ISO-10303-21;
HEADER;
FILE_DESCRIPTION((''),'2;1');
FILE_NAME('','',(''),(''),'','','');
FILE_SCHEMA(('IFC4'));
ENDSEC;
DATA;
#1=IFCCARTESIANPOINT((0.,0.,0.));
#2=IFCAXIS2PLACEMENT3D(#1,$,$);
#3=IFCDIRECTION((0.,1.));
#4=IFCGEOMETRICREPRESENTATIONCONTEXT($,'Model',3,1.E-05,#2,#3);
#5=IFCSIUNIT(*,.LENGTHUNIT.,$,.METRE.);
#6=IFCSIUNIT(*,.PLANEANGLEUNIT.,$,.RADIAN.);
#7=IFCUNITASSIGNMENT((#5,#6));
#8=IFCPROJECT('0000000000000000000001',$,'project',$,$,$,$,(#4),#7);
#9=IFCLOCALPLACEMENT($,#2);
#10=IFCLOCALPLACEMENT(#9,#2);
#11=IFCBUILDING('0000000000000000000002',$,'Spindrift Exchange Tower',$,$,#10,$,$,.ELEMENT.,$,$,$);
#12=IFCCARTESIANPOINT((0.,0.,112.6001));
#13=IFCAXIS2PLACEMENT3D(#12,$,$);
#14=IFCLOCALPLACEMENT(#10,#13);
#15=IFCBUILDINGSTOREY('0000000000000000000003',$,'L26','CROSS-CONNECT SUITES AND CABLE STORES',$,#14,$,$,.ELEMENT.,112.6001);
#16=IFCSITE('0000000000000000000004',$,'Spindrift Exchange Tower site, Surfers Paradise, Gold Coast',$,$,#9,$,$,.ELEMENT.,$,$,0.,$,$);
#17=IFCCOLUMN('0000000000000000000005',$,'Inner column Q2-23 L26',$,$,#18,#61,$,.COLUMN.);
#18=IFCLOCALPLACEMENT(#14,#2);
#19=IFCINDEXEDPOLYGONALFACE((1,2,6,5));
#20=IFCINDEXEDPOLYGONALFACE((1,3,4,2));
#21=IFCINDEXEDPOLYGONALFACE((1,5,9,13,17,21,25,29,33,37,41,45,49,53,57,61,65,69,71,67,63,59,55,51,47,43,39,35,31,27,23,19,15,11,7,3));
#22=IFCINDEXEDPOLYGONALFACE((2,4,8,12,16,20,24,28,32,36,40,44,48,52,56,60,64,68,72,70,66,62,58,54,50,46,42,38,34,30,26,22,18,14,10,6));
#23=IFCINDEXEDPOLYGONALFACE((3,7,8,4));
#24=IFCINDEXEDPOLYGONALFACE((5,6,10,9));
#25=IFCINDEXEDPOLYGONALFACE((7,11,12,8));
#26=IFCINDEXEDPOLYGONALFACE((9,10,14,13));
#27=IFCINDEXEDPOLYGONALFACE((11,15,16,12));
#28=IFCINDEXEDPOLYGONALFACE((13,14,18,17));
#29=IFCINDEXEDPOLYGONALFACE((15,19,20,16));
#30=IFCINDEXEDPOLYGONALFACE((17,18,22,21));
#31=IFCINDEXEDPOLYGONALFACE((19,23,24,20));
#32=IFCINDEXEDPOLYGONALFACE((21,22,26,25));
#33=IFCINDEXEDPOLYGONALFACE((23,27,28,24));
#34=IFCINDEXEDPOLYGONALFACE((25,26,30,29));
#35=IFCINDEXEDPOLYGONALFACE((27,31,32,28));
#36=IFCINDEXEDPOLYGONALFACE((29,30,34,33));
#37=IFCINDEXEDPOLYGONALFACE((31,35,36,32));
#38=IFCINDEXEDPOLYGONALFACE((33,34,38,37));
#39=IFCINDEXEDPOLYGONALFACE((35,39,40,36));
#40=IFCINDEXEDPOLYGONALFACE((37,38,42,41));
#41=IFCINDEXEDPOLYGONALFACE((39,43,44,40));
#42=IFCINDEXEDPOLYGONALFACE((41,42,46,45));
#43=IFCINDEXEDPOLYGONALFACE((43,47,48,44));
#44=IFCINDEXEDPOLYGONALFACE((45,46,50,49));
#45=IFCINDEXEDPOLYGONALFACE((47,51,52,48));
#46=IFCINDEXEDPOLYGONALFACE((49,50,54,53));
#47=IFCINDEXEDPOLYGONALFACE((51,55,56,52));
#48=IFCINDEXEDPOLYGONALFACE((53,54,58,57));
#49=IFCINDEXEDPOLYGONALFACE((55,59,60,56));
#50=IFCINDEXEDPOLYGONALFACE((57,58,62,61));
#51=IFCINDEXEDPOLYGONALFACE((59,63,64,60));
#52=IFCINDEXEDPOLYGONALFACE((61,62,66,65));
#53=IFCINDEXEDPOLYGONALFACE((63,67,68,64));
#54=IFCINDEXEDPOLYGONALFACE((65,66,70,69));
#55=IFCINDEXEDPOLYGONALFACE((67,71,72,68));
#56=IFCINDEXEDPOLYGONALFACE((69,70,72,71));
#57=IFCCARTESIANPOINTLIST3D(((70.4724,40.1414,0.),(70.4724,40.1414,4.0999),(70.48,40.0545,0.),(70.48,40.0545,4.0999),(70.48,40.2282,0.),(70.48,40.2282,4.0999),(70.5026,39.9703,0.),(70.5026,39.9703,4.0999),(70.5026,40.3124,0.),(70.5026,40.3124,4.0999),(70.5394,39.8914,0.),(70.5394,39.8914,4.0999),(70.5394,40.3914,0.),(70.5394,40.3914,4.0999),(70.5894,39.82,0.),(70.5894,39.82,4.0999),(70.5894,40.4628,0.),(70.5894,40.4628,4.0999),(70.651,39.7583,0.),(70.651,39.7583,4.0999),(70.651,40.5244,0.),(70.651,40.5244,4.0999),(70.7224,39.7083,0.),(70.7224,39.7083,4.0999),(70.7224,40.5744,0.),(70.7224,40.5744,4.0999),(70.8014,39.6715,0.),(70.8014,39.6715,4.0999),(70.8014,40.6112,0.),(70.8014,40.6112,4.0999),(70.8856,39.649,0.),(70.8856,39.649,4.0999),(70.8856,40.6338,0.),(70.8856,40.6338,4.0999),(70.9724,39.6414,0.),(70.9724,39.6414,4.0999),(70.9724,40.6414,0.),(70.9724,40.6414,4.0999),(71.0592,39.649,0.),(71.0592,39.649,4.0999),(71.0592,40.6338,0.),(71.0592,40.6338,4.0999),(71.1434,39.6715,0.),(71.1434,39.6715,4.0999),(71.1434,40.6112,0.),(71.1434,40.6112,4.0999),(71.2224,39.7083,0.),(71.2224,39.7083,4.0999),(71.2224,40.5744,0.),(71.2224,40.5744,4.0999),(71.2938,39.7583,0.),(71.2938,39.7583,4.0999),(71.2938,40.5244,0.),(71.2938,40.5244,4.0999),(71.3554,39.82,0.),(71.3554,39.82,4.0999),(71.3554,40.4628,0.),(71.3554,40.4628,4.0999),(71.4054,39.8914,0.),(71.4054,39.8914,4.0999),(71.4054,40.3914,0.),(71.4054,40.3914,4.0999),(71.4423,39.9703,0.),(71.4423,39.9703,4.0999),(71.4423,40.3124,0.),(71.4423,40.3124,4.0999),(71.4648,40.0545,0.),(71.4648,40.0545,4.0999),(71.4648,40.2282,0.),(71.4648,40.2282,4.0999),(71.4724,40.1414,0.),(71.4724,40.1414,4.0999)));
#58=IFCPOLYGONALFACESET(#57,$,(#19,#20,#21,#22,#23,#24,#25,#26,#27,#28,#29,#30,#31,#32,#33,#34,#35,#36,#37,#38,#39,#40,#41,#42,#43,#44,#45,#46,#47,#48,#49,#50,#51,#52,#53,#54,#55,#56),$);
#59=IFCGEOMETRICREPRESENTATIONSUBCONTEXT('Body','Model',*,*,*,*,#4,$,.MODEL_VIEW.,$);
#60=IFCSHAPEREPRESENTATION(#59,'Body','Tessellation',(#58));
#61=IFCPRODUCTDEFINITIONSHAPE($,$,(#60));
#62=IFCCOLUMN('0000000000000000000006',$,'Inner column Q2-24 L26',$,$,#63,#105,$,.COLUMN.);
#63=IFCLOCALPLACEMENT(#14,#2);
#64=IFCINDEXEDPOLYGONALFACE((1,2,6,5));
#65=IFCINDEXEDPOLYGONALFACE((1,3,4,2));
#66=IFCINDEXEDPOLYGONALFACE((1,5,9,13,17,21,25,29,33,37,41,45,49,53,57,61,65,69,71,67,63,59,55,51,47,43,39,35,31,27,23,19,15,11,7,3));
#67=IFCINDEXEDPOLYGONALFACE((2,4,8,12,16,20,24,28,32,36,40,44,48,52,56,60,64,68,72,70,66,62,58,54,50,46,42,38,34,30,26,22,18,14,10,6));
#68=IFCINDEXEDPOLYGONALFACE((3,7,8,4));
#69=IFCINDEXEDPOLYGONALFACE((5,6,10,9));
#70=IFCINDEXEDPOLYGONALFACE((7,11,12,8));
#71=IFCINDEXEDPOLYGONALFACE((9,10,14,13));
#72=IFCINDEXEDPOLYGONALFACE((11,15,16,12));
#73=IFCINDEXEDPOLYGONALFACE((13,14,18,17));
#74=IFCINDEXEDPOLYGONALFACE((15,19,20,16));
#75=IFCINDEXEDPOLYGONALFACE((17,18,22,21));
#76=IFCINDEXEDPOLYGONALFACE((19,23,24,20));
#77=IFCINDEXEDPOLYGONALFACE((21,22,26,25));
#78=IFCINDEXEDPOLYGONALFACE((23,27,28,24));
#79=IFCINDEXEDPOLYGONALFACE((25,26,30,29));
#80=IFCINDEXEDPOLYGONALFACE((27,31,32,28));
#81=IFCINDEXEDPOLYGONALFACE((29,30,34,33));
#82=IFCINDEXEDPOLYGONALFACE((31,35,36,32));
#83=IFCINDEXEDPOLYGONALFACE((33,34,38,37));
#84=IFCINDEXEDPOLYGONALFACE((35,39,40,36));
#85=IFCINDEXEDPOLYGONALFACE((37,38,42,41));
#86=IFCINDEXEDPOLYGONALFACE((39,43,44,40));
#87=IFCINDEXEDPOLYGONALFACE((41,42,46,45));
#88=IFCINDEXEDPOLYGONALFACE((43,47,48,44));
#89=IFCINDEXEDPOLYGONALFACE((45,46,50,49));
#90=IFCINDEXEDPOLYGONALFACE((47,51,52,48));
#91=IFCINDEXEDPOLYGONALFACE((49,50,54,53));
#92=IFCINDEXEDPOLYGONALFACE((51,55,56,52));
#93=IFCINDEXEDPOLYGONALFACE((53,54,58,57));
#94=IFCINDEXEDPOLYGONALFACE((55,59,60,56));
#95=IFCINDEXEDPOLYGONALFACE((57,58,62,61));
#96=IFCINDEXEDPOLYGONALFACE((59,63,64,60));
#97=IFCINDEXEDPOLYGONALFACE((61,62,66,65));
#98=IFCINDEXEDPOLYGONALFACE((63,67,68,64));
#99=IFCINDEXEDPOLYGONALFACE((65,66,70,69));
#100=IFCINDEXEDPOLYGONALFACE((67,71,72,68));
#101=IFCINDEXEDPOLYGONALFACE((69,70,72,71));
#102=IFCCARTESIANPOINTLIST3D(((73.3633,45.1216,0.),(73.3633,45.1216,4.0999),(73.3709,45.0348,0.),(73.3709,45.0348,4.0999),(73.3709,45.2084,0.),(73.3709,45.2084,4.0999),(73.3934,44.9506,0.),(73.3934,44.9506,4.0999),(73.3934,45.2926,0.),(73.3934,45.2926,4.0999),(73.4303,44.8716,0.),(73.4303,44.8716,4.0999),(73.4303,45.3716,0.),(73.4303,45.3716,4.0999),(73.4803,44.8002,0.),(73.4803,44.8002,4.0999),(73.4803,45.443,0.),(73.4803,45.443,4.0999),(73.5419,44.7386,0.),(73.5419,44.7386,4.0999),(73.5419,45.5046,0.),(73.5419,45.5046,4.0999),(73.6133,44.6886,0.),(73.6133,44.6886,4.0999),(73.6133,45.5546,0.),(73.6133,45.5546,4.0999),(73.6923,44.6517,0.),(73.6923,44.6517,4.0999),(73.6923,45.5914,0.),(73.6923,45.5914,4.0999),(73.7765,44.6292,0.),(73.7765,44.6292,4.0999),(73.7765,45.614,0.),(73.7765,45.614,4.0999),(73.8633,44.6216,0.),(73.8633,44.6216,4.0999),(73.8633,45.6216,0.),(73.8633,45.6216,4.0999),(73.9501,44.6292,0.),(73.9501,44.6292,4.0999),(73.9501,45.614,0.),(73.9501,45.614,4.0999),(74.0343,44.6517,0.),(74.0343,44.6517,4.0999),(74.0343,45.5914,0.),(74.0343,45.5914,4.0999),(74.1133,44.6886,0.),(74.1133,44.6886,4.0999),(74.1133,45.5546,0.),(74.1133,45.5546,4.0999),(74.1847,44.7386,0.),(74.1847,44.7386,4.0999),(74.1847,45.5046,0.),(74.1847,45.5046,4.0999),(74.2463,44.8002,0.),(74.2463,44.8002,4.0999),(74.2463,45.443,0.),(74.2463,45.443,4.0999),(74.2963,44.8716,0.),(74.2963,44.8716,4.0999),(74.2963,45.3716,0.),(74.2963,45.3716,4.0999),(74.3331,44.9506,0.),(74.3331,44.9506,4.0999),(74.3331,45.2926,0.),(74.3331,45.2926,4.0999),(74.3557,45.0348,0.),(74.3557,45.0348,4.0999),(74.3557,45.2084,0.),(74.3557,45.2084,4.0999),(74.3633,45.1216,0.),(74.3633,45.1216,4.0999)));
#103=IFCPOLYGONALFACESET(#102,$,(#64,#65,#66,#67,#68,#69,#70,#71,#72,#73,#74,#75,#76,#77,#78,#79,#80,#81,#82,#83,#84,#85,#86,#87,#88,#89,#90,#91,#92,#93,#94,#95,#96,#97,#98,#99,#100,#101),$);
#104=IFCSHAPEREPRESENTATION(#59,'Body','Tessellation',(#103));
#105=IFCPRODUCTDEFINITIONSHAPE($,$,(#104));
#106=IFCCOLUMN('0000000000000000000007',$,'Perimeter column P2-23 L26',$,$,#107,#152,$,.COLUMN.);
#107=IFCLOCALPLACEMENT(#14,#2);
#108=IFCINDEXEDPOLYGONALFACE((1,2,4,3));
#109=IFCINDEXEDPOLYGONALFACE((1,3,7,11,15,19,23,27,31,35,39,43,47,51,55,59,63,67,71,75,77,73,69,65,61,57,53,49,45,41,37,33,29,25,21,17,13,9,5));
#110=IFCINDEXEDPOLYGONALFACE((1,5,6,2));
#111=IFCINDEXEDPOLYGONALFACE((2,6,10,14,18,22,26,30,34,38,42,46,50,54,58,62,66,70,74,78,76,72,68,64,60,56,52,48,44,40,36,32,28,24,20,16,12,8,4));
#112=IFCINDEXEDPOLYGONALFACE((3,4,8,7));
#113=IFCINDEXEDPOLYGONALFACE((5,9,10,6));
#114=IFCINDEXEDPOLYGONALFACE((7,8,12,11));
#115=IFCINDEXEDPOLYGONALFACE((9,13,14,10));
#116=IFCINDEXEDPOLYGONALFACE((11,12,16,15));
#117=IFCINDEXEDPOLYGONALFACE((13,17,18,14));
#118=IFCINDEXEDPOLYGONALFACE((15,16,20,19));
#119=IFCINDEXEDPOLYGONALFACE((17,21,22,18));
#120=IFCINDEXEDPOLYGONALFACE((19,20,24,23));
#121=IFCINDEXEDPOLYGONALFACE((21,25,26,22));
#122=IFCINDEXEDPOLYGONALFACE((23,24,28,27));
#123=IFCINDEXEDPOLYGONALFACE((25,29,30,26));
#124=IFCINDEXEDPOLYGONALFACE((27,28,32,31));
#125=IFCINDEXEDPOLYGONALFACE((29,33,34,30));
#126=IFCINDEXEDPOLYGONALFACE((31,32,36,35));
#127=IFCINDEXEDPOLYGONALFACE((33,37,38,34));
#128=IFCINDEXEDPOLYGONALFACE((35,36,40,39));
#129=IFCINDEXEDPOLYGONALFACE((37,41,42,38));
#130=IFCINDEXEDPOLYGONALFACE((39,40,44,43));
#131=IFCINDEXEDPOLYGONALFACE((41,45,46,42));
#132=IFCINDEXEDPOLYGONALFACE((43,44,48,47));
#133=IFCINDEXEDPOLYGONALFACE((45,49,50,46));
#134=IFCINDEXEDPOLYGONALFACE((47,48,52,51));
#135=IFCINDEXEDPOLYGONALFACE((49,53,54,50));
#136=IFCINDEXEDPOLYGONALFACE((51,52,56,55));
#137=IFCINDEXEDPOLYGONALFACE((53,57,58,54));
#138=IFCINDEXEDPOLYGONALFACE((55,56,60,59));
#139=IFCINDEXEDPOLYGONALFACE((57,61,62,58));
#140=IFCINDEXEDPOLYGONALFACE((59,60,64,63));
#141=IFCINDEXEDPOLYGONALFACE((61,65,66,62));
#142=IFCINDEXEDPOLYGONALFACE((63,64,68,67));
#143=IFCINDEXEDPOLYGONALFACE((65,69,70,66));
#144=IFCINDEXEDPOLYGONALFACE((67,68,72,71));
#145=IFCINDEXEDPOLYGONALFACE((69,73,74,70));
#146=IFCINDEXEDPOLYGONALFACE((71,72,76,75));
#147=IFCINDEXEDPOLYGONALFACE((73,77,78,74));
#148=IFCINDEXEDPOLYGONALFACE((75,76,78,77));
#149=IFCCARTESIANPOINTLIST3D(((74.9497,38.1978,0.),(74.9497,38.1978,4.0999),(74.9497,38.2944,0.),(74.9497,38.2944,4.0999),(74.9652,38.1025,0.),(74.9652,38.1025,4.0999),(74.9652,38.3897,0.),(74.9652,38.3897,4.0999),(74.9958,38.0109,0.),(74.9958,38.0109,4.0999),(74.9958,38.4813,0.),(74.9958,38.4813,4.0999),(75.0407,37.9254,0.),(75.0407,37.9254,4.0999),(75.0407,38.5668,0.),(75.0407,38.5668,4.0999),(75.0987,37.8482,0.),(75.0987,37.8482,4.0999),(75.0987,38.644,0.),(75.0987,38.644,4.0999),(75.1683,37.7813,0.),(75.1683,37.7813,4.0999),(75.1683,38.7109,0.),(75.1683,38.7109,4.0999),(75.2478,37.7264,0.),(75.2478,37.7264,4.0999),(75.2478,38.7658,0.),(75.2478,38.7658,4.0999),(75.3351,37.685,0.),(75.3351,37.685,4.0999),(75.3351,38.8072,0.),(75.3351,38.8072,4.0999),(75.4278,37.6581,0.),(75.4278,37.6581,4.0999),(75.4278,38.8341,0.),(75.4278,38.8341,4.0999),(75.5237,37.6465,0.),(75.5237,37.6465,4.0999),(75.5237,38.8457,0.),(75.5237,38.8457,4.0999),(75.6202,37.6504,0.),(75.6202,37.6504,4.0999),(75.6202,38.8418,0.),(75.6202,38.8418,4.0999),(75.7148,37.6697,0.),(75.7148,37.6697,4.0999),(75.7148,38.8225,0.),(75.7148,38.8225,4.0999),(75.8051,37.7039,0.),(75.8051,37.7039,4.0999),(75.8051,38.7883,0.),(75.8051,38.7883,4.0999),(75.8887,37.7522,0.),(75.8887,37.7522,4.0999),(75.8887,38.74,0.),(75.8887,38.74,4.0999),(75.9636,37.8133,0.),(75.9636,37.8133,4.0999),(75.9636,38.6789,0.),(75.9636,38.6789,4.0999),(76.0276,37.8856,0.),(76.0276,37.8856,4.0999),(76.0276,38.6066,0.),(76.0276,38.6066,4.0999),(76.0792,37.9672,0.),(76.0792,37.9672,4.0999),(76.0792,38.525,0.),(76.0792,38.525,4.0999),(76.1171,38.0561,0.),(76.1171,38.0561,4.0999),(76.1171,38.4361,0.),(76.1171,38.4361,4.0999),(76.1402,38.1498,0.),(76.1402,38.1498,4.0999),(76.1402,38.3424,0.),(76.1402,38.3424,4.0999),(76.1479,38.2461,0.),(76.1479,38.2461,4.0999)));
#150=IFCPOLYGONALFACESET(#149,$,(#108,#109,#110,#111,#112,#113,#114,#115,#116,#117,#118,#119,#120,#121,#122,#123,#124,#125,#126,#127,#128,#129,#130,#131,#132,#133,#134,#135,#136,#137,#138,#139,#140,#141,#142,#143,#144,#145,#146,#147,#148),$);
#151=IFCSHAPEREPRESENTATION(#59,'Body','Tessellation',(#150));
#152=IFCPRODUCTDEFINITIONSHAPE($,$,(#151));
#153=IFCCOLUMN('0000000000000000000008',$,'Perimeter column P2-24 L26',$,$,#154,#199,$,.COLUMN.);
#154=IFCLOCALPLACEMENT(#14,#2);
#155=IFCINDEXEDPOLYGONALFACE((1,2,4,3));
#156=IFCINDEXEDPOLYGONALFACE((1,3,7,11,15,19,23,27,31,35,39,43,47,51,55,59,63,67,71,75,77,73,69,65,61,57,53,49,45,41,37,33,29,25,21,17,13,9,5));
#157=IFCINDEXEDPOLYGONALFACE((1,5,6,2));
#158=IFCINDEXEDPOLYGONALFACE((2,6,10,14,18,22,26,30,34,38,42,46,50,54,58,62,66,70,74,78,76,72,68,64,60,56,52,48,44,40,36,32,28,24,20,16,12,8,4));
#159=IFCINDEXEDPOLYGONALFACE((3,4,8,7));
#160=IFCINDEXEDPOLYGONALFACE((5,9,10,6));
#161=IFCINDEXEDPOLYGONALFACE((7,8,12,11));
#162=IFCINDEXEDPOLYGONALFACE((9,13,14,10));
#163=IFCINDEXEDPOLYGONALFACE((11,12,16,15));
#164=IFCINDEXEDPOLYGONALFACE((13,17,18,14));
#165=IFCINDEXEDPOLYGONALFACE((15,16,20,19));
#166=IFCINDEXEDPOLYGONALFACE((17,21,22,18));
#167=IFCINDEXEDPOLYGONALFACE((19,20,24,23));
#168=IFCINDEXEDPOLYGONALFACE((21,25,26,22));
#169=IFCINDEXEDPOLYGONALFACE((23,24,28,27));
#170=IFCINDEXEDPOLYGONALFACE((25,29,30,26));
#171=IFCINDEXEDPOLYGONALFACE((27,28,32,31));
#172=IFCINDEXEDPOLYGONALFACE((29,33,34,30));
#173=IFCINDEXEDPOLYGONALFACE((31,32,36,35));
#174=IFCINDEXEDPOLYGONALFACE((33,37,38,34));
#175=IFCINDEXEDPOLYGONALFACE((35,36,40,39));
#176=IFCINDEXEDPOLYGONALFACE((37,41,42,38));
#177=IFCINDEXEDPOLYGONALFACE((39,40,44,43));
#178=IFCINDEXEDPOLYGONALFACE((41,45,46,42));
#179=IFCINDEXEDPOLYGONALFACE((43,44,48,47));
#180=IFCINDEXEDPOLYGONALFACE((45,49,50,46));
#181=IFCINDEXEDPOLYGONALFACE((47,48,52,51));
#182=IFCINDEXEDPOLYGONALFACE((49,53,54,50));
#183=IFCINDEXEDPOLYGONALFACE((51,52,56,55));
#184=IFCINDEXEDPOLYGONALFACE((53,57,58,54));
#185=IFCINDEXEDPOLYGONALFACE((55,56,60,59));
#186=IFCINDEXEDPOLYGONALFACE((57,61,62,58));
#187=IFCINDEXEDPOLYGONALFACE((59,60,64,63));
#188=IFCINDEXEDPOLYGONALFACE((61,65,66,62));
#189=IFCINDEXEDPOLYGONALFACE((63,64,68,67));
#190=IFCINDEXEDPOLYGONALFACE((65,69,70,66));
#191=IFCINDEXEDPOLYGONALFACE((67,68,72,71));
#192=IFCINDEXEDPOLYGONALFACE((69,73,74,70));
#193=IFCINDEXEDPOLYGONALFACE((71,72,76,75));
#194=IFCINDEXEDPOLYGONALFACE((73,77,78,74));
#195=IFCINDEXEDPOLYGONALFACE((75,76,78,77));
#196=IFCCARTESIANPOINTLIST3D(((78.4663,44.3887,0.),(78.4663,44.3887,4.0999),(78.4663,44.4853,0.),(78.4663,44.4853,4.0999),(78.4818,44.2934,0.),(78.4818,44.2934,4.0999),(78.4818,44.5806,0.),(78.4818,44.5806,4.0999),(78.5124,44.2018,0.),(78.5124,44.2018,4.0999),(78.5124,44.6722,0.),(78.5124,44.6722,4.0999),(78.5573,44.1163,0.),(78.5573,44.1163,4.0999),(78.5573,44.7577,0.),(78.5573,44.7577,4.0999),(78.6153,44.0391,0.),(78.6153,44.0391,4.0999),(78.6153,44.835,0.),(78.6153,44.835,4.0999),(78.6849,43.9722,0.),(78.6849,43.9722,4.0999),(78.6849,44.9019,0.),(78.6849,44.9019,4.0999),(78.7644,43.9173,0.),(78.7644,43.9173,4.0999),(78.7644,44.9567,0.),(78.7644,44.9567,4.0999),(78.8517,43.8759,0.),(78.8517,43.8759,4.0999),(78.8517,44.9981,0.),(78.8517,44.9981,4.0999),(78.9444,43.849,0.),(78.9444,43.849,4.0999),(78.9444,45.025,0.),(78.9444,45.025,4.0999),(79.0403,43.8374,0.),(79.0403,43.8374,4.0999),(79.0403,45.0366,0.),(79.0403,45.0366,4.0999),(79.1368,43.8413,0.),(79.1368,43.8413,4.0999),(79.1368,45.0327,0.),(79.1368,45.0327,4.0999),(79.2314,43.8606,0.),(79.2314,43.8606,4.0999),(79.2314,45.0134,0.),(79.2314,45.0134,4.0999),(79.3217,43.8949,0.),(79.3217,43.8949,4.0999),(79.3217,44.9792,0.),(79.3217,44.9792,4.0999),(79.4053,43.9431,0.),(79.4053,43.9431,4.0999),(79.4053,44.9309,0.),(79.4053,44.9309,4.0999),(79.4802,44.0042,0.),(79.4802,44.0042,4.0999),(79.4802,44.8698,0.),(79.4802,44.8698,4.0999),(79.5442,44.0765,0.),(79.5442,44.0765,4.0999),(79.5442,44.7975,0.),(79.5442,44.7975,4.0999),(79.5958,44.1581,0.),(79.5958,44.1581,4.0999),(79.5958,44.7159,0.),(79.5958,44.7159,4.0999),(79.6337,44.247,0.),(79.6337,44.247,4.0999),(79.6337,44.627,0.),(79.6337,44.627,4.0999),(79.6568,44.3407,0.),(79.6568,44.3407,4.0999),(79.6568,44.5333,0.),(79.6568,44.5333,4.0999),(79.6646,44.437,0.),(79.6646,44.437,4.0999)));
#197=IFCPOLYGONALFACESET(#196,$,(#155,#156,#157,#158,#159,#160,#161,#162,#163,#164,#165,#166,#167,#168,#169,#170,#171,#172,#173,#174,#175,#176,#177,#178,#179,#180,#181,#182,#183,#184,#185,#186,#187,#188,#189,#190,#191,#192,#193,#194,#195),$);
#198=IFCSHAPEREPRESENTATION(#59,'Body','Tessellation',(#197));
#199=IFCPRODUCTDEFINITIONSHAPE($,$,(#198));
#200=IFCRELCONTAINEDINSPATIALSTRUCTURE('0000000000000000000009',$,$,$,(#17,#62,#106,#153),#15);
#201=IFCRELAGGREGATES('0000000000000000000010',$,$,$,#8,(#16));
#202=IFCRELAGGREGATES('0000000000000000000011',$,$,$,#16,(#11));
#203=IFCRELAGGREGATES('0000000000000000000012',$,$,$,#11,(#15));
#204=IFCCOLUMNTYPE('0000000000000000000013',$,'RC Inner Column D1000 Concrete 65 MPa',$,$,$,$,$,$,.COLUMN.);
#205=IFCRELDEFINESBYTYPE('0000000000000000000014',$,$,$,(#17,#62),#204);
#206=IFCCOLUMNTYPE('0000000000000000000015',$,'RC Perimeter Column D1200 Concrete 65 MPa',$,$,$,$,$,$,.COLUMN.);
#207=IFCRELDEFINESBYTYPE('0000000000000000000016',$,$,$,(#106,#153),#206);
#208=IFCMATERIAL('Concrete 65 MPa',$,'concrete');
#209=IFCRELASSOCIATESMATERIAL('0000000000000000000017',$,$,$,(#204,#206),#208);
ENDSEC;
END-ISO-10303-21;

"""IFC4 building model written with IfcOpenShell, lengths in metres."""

from ifc_helpers import new_model, si_unit, direction, frame, origin, origin_2d, place, context, subcontext, project, spatial, circle, extrude, source, transform, mapped, material, material_profile, profile_set, type_object, element, save


model = new_model("IFC4")

# Units and contexts
model_context = context("Model", 3, precision=1e-05, world=origin(), true_north=direction((0.0, 1.0)))
body_context = subcontext(model_context, "Body", "Model", "MODEL_VIEW")
ifc_project = project(units=[si_unit("LENGTHUNIT", "METRE"), si_unit("PLANEANGLEUNIT", "RADIAN")], contexts=[model_context])

# Site, building, storey
site_placement = place(None, origin())
site = spatial("IfcSite", under=ifc_project, at=site_placement, Name="Spindrift Exchange Tower site, Surfers Paradise, Gold Coast", CompositionType="ELEMENT", RefElevation=0.0)
building_placement = place(site_placement, origin())
building = spatial("IfcBuilding", under=site, at=building_placement, Name="Spindrift Exchange Tower", CompositionType="ELEMENT")
storey_placement = place(building_placement, frame((0.0, 0.0, 112.6001)))
storey = spatial("IfcBuildingStorey", under=building, at=storey_placement, Name="L26", Description="CROSS-CONNECT SUITES AND CABLE STORES", CompositionType="ELEMENT", Elevation=112.6001)

# Columns
ifc_material_1 = material(Name="Concrete 65 MPa", Category="concrete")
ifc_material_profile_1 = material_profile(ifc_material_1, circle(Radius=0.5, at=origin_2d()), Name="RC D1000")
ifc_profile_set_1 = profile_set([ifc_material_profile_1], Name="Concrete 65 MPa")
column_type_1 = type_object("IfcColumnType", Name="RC Inner Column D1000 Concrete 65 MPa", PredefinedType="COLUMN", material=ifc_profile_set_1)
shared_shape_1 = source(origin(), body_context, "Body", "SweptSolid", [
    extrude(circle(Radius=0.5, at=origin_2d()), origin(), (0.0, 0.0, 1.0), 4.0999),
])
for number, where, z_axis, x_axis, name in (
    (1, (70.9724, 40.1414, 0.0), (0.0, 0.0, 1.0), (1.0, 0.0, 0.0), "Inner column Q2-23 L26"),
    (2, (73.8633, 45.1216, 0.0), (0.0, 0.0, 1.0), (1.0, 0.0, 0.0), "Inner column Q2-24 L26"),
):
    element("IfcColumn", number, at=place(storey_placement, frame(where, z_axis=z_axis, x_axis=x_axis)), inside=storey, type_object=column_type_1, Name=name, PredefinedType="COLUMN", context=body_context, shape_type="MappedRepresentation", body=[
        mapped(shared_shape_1, transform((0.0, 0.0, 0.0), scale=1.0)),
    ])
ifc_material_profile_2 = material_profile(ifc_material_1, circle(Radius=0.6001, at=origin_2d()), Name="RC D1200")
ifc_profile_set_2 = profile_set([ifc_material_profile_2], Name="Concrete 65 MPa")
column_type_2 = type_object("IfcColumnType", Name="RC Perimeter Column D1200 Concrete 65 MPa", PredefinedType="COLUMN", material=ifc_profile_set_2)
shared_shape_2 = source(origin(), body_context, "Body", "SweptSolid", [
    extrude(circle(Radius=0.6001, at=origin_2d()), origin(), (0.0, 0.0, 1.0), 4.0999),
])
for number, where, z_axis, x_axis, name in (
    (3, (75.5479, 38.2461, 0.0), (0.0, 0.0, 1.0), (1.0, 0.0, 0.0), "Perimeter column P2-23 L26"),
    (4, (79.0645, 44.437, 0.0), (0.0, 0.0, 1.0), (1.0, 0.0, 0.0), "Perimeter column P2-24 L26"),
):
    element("IfcColumn", number, at=place(storey_placement, frame(where, z_axis=z_axis, x_axis=x_axis)), inside=storey, type_object=column_type_2, Name=name, PredefinedType="COLUMN", context=body_context, shape_type="MappedRepresentation", body=[
        mapped(shared_shape_2, transform((0.0, 0.0, 0.0), scale=1.0)),
    ])

save(model, "model.ifc")
